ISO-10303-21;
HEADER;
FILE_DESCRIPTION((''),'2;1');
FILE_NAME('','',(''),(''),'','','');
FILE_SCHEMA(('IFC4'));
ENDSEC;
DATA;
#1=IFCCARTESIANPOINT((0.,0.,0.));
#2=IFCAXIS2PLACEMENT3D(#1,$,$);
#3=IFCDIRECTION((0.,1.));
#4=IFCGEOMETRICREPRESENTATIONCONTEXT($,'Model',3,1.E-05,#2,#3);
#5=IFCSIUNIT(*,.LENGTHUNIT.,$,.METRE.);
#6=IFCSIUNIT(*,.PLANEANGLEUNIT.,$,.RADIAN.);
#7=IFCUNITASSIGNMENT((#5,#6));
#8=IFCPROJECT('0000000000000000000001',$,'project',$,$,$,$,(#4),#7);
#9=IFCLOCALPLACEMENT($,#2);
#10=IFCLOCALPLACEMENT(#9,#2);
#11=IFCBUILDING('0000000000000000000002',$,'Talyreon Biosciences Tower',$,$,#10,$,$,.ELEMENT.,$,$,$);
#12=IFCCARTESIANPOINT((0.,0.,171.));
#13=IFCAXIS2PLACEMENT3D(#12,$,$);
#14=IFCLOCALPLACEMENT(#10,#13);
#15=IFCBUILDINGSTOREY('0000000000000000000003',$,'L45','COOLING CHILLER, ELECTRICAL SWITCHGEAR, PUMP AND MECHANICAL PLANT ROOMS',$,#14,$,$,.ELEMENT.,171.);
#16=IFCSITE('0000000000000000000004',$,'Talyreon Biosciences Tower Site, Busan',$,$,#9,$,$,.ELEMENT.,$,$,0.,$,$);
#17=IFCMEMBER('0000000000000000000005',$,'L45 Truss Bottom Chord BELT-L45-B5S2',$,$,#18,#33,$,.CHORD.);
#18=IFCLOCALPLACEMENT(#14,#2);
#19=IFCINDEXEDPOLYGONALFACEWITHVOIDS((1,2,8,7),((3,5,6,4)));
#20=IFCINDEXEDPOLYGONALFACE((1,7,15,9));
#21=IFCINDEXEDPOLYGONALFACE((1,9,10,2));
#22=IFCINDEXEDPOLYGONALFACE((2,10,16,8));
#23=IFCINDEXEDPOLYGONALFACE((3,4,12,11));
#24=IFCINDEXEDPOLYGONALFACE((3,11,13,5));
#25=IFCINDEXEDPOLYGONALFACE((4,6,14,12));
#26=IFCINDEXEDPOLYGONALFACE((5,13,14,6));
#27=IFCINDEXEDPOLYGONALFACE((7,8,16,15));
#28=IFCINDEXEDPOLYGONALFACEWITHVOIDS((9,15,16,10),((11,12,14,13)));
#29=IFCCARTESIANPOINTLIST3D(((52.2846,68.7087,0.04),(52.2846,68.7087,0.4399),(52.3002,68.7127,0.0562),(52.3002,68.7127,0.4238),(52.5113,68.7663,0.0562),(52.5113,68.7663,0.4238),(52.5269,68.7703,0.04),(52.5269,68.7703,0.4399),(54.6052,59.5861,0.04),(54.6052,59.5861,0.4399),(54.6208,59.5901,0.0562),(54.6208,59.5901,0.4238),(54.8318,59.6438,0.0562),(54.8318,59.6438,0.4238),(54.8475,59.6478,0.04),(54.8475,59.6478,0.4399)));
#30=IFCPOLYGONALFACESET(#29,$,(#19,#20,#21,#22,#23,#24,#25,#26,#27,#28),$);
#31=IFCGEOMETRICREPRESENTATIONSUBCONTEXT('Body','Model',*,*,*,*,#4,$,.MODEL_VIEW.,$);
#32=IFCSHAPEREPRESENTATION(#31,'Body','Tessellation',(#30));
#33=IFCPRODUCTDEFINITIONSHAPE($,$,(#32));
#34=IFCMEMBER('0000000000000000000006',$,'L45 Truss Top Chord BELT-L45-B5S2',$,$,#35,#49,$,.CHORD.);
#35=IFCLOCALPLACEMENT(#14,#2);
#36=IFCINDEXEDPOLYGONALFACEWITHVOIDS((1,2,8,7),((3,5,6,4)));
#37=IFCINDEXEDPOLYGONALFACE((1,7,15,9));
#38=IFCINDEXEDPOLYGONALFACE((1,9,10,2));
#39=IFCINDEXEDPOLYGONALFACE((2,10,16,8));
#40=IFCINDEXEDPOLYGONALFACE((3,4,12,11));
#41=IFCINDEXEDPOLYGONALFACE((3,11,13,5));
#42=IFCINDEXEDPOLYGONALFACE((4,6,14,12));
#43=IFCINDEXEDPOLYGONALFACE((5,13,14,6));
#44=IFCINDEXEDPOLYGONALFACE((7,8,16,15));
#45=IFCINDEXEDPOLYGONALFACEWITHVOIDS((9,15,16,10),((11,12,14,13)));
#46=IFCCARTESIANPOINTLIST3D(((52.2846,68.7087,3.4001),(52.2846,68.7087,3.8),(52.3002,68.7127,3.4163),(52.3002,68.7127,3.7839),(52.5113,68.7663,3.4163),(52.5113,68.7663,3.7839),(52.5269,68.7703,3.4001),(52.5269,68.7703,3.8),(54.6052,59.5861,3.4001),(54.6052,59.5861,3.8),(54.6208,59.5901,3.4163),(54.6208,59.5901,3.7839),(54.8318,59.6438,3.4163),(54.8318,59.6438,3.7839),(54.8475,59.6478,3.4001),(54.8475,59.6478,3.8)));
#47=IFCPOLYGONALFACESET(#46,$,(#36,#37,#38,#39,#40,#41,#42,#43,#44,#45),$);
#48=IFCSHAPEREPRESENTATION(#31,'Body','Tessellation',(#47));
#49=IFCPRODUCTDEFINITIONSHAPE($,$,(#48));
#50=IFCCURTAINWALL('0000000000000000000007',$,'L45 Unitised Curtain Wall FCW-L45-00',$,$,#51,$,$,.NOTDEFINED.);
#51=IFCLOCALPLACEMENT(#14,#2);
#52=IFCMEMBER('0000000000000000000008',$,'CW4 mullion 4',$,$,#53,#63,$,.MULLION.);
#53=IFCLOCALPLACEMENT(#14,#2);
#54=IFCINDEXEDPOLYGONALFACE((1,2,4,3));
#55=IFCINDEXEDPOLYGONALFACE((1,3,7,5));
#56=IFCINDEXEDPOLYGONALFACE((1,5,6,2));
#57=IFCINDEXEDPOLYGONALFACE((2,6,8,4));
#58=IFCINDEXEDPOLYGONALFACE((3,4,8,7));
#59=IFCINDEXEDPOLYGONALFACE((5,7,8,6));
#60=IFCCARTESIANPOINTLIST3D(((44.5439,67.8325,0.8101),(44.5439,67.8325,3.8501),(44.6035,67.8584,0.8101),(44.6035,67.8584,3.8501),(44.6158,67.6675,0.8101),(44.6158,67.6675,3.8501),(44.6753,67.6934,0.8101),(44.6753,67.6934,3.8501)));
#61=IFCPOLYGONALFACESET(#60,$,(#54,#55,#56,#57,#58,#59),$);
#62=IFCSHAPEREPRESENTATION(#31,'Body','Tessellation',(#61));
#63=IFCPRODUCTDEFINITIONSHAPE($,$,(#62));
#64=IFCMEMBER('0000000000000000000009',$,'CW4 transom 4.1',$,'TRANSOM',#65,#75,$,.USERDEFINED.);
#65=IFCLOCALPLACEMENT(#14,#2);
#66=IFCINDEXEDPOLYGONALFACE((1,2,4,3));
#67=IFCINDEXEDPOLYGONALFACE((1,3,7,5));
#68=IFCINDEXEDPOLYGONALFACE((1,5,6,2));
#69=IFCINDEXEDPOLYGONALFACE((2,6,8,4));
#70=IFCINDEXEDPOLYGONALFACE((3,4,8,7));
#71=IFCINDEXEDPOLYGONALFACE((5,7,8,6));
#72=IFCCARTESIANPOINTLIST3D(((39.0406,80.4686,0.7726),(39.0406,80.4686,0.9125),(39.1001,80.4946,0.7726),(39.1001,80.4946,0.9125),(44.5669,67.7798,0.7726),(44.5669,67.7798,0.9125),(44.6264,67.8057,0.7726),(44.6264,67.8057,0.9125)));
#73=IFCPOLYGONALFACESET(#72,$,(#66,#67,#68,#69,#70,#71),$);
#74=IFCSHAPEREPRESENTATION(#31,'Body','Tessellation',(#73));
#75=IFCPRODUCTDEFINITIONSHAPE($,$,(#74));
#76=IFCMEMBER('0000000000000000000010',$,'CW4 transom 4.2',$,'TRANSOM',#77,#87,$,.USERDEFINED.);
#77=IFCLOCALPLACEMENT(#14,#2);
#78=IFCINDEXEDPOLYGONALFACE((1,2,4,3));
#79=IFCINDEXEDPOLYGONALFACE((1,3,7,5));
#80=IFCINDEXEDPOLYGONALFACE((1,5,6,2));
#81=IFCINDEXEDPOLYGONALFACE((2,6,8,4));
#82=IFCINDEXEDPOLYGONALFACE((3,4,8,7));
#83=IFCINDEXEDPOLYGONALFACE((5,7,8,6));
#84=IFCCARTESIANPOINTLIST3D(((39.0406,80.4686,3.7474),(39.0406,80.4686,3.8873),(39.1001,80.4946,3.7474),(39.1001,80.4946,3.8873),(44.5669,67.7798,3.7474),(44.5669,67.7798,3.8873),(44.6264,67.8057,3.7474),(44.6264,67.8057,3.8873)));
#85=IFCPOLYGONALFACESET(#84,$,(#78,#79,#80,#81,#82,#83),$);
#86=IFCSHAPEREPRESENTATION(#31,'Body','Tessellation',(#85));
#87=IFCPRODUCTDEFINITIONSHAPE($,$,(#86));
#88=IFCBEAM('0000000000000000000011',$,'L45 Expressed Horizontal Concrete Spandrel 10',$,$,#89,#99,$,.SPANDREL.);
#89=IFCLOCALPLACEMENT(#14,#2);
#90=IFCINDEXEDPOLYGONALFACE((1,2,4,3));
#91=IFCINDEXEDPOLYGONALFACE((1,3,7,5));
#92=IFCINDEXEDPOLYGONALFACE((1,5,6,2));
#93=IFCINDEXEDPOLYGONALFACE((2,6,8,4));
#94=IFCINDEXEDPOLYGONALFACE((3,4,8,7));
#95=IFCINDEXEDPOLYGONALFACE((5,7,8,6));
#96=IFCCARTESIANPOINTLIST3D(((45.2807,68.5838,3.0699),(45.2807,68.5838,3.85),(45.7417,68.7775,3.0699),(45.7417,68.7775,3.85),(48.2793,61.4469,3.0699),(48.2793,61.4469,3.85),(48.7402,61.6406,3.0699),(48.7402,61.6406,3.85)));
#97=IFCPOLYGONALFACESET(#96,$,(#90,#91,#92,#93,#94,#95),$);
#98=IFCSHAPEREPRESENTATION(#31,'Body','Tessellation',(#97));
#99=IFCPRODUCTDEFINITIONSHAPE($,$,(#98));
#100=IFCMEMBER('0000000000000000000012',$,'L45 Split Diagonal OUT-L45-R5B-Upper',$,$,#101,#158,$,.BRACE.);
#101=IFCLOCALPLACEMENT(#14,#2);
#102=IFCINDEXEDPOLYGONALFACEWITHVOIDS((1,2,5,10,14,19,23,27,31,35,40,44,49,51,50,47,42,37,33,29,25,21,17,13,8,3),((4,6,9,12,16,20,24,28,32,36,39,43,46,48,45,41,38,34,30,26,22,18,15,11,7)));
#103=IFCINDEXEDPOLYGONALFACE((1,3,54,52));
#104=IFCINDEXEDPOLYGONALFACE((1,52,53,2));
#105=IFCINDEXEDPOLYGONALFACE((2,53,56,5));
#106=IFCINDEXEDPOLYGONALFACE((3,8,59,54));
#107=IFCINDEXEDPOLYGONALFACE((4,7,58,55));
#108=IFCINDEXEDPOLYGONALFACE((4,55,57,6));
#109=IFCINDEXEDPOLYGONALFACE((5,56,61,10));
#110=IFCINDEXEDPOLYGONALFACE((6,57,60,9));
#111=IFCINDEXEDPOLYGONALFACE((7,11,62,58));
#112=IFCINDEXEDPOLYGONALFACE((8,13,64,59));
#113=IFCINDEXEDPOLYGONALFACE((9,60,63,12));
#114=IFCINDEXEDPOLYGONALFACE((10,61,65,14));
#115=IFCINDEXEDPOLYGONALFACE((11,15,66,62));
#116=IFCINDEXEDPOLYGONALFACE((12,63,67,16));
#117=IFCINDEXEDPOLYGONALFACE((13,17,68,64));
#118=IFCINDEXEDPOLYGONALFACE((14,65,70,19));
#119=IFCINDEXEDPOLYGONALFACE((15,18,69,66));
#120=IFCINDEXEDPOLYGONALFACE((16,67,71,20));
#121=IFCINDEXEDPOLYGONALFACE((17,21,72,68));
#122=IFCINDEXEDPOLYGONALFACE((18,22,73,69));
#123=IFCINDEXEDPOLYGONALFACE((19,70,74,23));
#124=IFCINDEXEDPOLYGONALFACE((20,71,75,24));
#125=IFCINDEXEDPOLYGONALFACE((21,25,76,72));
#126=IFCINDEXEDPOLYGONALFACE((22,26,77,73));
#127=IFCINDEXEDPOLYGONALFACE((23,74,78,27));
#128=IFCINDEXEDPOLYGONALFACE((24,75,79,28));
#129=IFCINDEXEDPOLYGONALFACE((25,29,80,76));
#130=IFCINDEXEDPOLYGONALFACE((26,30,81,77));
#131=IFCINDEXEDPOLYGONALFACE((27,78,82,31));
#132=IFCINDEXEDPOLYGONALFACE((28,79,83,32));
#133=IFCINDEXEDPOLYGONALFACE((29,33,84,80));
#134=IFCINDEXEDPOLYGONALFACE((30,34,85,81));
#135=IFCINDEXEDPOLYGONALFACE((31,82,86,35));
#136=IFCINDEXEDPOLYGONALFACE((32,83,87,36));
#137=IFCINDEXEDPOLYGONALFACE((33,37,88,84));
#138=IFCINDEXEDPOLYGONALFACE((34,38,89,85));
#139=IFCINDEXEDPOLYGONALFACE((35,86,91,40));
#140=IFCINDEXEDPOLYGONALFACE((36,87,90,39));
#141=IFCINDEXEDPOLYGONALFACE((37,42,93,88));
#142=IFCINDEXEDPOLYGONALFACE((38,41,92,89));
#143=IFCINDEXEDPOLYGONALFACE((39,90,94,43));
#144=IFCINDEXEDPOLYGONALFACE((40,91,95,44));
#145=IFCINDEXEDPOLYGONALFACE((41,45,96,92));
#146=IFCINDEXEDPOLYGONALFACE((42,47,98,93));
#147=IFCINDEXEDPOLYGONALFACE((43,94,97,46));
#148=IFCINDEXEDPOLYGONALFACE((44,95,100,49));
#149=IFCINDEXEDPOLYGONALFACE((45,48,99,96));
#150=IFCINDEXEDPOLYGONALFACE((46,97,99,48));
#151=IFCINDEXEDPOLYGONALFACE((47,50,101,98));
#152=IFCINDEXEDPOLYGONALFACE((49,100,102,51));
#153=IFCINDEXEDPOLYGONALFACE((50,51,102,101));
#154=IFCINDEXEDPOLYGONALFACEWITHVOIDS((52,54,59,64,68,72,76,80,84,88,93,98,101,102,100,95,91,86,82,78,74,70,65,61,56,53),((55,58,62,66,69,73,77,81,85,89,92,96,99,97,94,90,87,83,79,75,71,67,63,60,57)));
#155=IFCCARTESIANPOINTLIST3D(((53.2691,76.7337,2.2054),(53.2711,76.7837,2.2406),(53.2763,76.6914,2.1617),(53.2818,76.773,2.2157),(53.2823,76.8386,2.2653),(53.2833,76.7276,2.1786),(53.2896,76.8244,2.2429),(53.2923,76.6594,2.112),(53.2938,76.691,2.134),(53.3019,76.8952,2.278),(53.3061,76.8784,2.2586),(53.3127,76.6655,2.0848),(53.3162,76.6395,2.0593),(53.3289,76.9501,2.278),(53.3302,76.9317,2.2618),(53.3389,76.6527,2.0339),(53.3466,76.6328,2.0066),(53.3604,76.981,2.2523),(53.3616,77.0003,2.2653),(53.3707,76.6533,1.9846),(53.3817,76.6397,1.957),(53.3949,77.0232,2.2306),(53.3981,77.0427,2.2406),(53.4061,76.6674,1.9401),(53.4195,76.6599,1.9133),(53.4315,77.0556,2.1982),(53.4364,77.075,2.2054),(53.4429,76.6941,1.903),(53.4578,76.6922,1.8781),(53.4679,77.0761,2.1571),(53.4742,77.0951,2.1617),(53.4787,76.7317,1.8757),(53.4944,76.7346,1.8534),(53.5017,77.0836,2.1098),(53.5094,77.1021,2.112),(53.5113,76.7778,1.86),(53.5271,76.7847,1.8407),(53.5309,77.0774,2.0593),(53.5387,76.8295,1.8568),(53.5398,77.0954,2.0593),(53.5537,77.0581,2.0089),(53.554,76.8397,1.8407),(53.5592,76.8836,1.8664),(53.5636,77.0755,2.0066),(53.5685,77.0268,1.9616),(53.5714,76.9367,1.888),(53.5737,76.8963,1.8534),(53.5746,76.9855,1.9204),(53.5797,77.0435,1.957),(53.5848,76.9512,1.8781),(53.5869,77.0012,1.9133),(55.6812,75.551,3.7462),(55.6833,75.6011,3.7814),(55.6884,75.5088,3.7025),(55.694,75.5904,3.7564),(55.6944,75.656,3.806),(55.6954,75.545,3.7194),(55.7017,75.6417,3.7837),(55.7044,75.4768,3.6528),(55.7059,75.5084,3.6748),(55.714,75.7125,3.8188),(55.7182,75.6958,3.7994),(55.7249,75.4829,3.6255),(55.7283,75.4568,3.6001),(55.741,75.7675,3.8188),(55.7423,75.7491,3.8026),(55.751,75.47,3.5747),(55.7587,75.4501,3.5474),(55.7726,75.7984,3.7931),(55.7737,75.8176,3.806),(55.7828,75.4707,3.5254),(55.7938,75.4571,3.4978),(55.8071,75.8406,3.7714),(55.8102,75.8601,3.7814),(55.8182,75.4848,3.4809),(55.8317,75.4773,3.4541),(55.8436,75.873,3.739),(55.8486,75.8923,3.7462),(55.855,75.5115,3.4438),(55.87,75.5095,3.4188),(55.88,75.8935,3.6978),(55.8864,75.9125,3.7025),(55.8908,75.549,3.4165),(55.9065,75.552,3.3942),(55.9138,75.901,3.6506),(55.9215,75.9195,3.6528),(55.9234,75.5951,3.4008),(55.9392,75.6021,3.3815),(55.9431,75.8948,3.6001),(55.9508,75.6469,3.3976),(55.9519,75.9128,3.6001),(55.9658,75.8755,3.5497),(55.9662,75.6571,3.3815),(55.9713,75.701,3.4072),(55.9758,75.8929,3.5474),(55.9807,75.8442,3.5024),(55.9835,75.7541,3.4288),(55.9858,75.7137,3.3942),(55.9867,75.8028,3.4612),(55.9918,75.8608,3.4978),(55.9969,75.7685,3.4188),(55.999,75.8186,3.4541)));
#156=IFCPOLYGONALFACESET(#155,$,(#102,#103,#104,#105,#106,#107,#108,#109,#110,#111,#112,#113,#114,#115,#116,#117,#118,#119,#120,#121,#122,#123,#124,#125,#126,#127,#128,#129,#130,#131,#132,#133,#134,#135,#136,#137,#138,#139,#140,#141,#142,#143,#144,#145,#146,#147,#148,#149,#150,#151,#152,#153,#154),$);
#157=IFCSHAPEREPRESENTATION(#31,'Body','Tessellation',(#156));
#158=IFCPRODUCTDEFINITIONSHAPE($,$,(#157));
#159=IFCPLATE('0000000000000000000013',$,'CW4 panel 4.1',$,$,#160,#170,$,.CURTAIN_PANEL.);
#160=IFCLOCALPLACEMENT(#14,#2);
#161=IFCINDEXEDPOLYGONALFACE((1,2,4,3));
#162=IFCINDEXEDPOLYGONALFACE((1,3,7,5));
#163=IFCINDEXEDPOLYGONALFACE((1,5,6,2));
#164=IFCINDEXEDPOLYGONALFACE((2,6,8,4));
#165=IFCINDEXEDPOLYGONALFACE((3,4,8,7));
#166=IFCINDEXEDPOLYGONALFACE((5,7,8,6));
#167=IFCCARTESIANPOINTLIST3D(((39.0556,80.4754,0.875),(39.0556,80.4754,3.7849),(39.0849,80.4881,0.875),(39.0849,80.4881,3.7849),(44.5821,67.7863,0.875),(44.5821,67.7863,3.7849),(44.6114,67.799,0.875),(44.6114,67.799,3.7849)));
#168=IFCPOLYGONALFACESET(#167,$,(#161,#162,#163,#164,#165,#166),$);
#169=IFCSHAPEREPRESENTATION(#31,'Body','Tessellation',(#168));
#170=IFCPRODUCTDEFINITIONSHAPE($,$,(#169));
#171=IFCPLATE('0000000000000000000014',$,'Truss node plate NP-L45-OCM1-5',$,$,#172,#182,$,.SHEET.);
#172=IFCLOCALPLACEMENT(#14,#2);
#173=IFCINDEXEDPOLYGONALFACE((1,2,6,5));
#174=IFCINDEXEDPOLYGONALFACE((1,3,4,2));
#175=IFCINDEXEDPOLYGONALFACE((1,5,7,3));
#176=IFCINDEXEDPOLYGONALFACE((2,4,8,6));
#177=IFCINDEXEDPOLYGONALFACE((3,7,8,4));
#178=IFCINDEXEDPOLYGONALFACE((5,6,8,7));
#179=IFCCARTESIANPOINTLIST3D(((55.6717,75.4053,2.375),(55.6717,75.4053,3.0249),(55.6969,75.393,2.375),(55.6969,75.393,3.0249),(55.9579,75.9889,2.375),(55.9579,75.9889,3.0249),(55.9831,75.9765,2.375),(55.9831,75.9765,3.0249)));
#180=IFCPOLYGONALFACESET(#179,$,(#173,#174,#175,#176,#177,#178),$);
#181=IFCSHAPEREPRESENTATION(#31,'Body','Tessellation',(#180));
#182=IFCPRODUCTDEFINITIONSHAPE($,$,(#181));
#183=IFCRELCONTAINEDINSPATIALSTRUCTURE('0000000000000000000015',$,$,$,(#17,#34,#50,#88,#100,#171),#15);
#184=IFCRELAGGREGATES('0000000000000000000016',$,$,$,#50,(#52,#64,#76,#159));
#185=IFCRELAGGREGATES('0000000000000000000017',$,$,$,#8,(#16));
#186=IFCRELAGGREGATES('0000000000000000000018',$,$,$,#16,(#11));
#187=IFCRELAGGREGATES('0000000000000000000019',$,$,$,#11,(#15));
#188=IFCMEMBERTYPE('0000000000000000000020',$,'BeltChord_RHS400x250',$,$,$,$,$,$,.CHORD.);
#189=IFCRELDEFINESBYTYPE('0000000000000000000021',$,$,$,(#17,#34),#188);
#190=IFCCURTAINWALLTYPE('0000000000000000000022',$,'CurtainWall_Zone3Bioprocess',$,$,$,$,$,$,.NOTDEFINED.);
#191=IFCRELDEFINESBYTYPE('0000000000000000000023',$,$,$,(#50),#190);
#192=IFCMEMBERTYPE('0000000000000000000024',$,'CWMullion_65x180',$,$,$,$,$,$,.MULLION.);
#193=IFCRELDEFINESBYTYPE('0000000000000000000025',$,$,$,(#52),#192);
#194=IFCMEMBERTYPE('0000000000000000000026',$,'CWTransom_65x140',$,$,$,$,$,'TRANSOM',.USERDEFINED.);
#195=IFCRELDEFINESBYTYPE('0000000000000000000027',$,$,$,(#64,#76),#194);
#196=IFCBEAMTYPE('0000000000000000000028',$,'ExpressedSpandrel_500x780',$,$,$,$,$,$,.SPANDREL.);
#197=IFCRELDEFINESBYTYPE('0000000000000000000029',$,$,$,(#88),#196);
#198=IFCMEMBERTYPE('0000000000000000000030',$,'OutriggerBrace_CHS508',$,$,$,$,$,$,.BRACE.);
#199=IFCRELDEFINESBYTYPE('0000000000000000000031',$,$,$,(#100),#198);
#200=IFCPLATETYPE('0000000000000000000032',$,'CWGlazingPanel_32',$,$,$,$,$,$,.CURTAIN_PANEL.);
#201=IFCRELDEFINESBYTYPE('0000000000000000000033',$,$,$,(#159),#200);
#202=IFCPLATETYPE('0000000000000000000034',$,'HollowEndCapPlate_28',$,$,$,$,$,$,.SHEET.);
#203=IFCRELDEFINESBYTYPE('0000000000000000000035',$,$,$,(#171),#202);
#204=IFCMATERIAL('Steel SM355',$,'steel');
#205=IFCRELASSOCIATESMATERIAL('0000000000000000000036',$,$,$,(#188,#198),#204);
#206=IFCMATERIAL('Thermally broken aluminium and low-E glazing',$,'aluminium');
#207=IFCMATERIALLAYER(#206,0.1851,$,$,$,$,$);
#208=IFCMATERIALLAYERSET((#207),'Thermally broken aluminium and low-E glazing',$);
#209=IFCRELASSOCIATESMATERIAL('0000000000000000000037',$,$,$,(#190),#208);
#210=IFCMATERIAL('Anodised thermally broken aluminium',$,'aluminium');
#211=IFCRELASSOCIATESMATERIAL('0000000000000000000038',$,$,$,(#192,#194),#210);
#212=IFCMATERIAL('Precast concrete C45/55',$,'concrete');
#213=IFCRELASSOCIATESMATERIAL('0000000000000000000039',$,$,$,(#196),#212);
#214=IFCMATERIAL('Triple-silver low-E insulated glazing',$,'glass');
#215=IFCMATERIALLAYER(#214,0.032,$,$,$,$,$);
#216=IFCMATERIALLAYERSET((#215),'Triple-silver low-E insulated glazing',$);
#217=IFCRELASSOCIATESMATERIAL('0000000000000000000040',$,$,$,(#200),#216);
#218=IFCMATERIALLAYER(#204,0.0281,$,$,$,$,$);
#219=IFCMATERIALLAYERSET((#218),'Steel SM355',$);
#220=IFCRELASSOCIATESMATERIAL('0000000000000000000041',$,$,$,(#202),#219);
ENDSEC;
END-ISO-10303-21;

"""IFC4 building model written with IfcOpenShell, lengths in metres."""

from ifc_helpers import new_model, si_unit, direction, frame, origin, origin_2d, place, context, subcontext, project, spatial, rectangle, hollow_rectangle, hollow_circle, extrude, material, layer, layer_set, material_profile, profile_set, type_object, element, aggregate, save


model = new_model("IFC4")

# Units and contexts
model_context = context("Model", 3, precision=1e-05, world=origin(), true_north=direction((0.0, 1.0)))
body_context = subcontext(model_context, "Body", "Model", "MODEL_VIEW")
ifc_project = project(units=[si_unit("LENGTHUNIT", "METRE"), si_unit("PLANEANGLEUNIT", "RADIAN")], contexts=[model_context])

# Site, building, storey
site_placement = place(None, origin())
site = spatial("IfcSite", under=ifc_project, at=site_placement, Name="Talyreon Biosciences Tower Site, Busan", CompositionType="ELEMENT", RefElevation=0.0)
building_placement = place(site_placement, origin())
building = spatial("IfcBuilding", under=site, at=building_placement, Name="Talyreon Biosciences Tower", CompositionType="ELEMENT")
storey_placement = place(building_placement, frame((0.0, 0.0, 171.0)))
storey = spatial("IfcBuildingStorey", under=building, at=storey_placement, Name="L45", Description="COOLING CHILLER, ELECTRICAL SWITCHGEAR, PUMP AND MECHANICAL PLANT ROOMS", CompositionType="ELEMENT", Elevation=171.0)

# Members
ifc_material_1 = material(Name="Steel SM355", Category="steel")
ifc_material_profile_1 = material_profile(ifc_material_1, hollow_rectangle(XDim=0.25, YDim=0.3999, WallThickness=0.0161, at=origin_2d()), Name="RHS 400x250x16")
ifc_profile_set_1 = profile_set([ifc_material_profile_1], Name="Steel SM355")
member_type_1 = type_object("IfcMemberType", Name="BeltChord_RHS400x250", PredefinedType="CHORD", material=ifc_profile_set_1)
for number, where, z_axis, x_axis, name in (
    (1, (52.4058, 68.7395, 0.24), (0.246525, -0.969137, 0.0), (0.969137, 0.246525, 0.0), "L45 Truss Bottom Chord BELT-L45-B5S2"),
    (2, (52.4058, 68.7395, 3.6001), (0.246525, -0.969137, 0.0), (0.969137, 0.246525, 0.0), "L45 Truss Top Chord BELT-L45-B5S2"),
):
    element("IfcMember", number, at=place(storey_placement, frame(where, z_axis=z_axis, x_axis=x_axis)), inside=storey, type_object=member_type_1, Name=name, PredefinedType="CHORD", context=body_context, shape_type="SweptSolid", body=[
        extrude(hollow_rectangle(XDim=0.25, YDim=0.3999, WallThickness=0.0161, at=origin_2d()), origin(), (0.0, 0.0, 1.0), 9.4131),
    ])

# Curtain wall, members
ifc_material_2 = material(Name="Thermally broken aluminium and low-E glazing", Category="aluminium")
ifc_layer_1 = layer(ifc_material_2, 0.1851)
ifc_layer_set_1 = layer_set([ifc_layer_1], Name="Thermally broken aluminium and low-E glazing")
curtain_wall_type = type_object("IfcCurtainWallType", Name="CurtainWall_Zone3Bioprocess", PredefinedType="NOTDEFINED", material=ifc_layer_set_1)
curtain_wall_placement = place(storey_placement, origin())
curtain_wall = element("IfcCurtainWall", 3, at=curtain_wall_placement, inside=storey, type_object=curtain_wall_type, Name="L45 Unitised Curtain Wall FCW-L45-00", PredefinedType="NOTDEFINED")
ifc_material_3 = material(Name="Anodised thermally broken aluminium", Category="aluminium")
ifc_material_profile_2 = material_profile(ifc_material_3, rectangle(XDim=0.0649, YDim=0.1799, at=origin_2d()), Name="ALUM MULLION 65x180")
ifc_profile_set_2 = profile_set([ifc_material_profile_2], Name="Anodised thermally broken aluminium")
member_type_2 = type_object("IfcMemberType", Name="CWMullion_65x180", PredefinedType="MULLION", material=ifc_profile_set_2)
member_1_placement = place(storey_placement, frame((44.6096, 67.7629, 0.8101), z_axis=(0.0, 0.0, 1.0), x_axis=(-0.91682, -0.3993, 0.0)))
member_1 = element("IfcMember", 4, at=member_1_placement, type_object=member_type_2, Name="CW4 mullion 4", PredefinedType="MULLION", context=body_context, shape_type="SweptSolid", body=[
    extrude(rectangle(XDim=0.0649, YDim=0.1799, at=origin_2d()), origin(), (0.0, 0.0, 1.0), 3.04),
])
ifc_material_profile_3 = material_profile(ifc_material_3, rectangle(XDim=0.0649, YDim=0.1399, at=origin_2d()), Name="ALUM TRANSOM 65x140")
ifc_profile_set_3 = profile_set([ifc_material_profile_3], Name="Anodised thermally broken aluminium")
member_type_3 = type_object("IfcMemberType", Name="CWTransom_65x140", ElementType="TRANSOM", PredefinedType="USERDEFINED", material=ifc_profile_set_3)
member_2_placement = place(storey_placement, frame((44.5967, 67.7927, 0.8425), z_axis=(-0.399299, 0.916821, 0.0), x_axis=(-0.916821, -0.399299, 0.0)))
member_2 = element("IfcMember", 5, at=member_2_placement, type_object=member_type_3, Name="CW4 transom 4.1", ObjectType="TRANSOM", PredefinedType="USERDEFINED", context=body_context, shape_type="SweptSolid", body=[
    extrude(rectangle(XDim=0.0649, YDim=0.1399, at=origin_2d()), origin(), (0.0, 0.0, 1.0), 13.8401),
])
member_3_placement = place(storey_placement, frame((44.5967, 67.7927, 3.8174), z_axis=(-0.399299, 0.916821, 0.0), x_axis=(-0.916821, -0.399299, 0.0)))
member_3 = element("IfcMember", 6, at=member_3_placement, type_object=member_type_3, Name="CW4 transom 4.2", ObjectType="TRANSOM", PredefinedType="USERDEFINED", context=body_context, shape_type="SweptSolid", body=[
    extrude(rectangle(XDim=0.0649, YDim=0.1399, at=origin_2d()), origin(), (0.0, 0.0, 1.0), 13.8401),
])

# Beam
ifc_material_4 = material(Name="Precast concrete C45/55", Category="concrete")
ifc_material_profile_4 = material_profile(ifc_material_4, rectangle(XDim=0.5, YDim=0.78, at=origin_2d()), Name="RCB 500x780")
ifc_profile_set_4 = profile_set([ifc_material_profile_4], Name="Precast concrete C45/55")
beam_type = type_object("IfcBeamType", Name="ExpressedSpandrel_500x780", PredefinedType="SPANDREL", material=ifc_profile_set_4)
beam_placement = place(storey_placement, frame((45.5112, 68.6807, 3.46), z_axis=(0.387343, -0.921935, 0.0), x_axis=(0.921935, 0.387343, 0.0)))
element("IfcBeam", 7, at=beam_placement, inside=storey, type_object=beam_type, Name="L45 Expressed Horizontal Concrete Spandrel 10", PredefinedType="SPANDREL", context=body_context, shape_type="SweptSolid", body=[
    extrude(rectangle(XDim=0.5, YDim=0.78, at=origin_2d()), origin(), (0.0, 0.0, 1.0), 7.7412),
])

# Member
ifc_material_profile_5 = material_profile(ifc_material_1, hollow_circle(Radius=0.2539, WallThickness=0.02, at=origin_2d()), Name="CHS 508x20")
ifc_profile_set_5 = profile_set([ifc_material_profile_5], Name="Steel SM355")
member_type_4 = type_object("IfcMemberType", Name="OutriggerBrace_CHS508", PredefinedType="BRACE", material=ifc_profile_set_5)
member_4_placement = place(storey_placement, frame((53.428, 76.8674, 2.0593), z_axis=(0.778877, -0.38187, 0.497519), x_axis=(0.44022, 0.89789, 0.0)))
element("IfcMember", 8, at=member_4_placement, inside=storey, type_object=member_type_4, Name="L45 Split Diagonal OUT-L45-R5B-Upper", PredefinedType="BRACE", context=body_context, shape_type="SweptSolid", body=[
    extrude(hollow_circle(Radius=0.2539, WallThickness=0.02, at=origin_2d()), origin(), (0.0, 0.0, 1.0), 3.0969),
])

# Plate
ifc_material_5 = material(Name="Triple-silver low-E insulated glazing", Category="glass")
ifc_layer_2 = layer(ifc_material_5, 0.032)
ifc_layer_set_2 = layer_set([ifc_layer_2], Name="Triple-silver low-E insulated glazing")
plate_type_1 = type_object("IfcPlateType", Name="CWGlazingPanel_32", PredefinedType="CURTAIN_PANEL", material=ifc_layer_set_2)
plate_placement = place(storey_placement, frame((41.8335, 74.1372, 0.875), z_axis=(0.0, 0.0, 1.0), x_axis=(-0.3993, 0.91682, 0.0)))
plate = element("IfcPlate", 9, at=plate_placement, type_object=plate_type_1, Name="CW4 panel 4.1", PredefinedType="CURTAIN_PANEL", context=body_context, shape_type="SweptSolid", body=[
    extrude(rectangle(XDim=13.8403, YDim=0.032, at=origin_2d()), origin(), (0.0, 0.0, 1.0), 2.9099),
])
aggregate(curtain_wall, [member_1, member_2, member_3, plate])

# Plate
ifc_layer_3 = layer(ifc_material_1, 0.0281)
ifc_layer_set_3 = layer_set([ifc_layer_3], Name="Steel SM355")
plate_type_2 = type_object("IfcPlateType", Name="HollowEndCapPlate_28", PredefinedType="SHEET", material=ifc_layer_set_3)
for number, where, z_axis, x_axis, name in (
    (10, (55.8274, 75.6909, 2.375), (0.0, 0.0, 1.0), (-0.440284, -0.897859, 0.0), "Truss node plate NP-L45-OCM1-5"),
):
    element("IfcPlate", number, at=place(storey_placement, frame(where, z_axis=z_axis, x_axis=x_axis)), inside=storey, type_object=plate_type_2, Name=name, PredefinedType="SHEET", context=body_context, shape_type="SweptSolid", body=[
        extrude(rectangle(XDim=0.6499, YDim=0.0281, at=origin_2d()), origin(), (0.0, 0.0, 1.0), 0.6499),
    ])

save(model, "model.ifc")
